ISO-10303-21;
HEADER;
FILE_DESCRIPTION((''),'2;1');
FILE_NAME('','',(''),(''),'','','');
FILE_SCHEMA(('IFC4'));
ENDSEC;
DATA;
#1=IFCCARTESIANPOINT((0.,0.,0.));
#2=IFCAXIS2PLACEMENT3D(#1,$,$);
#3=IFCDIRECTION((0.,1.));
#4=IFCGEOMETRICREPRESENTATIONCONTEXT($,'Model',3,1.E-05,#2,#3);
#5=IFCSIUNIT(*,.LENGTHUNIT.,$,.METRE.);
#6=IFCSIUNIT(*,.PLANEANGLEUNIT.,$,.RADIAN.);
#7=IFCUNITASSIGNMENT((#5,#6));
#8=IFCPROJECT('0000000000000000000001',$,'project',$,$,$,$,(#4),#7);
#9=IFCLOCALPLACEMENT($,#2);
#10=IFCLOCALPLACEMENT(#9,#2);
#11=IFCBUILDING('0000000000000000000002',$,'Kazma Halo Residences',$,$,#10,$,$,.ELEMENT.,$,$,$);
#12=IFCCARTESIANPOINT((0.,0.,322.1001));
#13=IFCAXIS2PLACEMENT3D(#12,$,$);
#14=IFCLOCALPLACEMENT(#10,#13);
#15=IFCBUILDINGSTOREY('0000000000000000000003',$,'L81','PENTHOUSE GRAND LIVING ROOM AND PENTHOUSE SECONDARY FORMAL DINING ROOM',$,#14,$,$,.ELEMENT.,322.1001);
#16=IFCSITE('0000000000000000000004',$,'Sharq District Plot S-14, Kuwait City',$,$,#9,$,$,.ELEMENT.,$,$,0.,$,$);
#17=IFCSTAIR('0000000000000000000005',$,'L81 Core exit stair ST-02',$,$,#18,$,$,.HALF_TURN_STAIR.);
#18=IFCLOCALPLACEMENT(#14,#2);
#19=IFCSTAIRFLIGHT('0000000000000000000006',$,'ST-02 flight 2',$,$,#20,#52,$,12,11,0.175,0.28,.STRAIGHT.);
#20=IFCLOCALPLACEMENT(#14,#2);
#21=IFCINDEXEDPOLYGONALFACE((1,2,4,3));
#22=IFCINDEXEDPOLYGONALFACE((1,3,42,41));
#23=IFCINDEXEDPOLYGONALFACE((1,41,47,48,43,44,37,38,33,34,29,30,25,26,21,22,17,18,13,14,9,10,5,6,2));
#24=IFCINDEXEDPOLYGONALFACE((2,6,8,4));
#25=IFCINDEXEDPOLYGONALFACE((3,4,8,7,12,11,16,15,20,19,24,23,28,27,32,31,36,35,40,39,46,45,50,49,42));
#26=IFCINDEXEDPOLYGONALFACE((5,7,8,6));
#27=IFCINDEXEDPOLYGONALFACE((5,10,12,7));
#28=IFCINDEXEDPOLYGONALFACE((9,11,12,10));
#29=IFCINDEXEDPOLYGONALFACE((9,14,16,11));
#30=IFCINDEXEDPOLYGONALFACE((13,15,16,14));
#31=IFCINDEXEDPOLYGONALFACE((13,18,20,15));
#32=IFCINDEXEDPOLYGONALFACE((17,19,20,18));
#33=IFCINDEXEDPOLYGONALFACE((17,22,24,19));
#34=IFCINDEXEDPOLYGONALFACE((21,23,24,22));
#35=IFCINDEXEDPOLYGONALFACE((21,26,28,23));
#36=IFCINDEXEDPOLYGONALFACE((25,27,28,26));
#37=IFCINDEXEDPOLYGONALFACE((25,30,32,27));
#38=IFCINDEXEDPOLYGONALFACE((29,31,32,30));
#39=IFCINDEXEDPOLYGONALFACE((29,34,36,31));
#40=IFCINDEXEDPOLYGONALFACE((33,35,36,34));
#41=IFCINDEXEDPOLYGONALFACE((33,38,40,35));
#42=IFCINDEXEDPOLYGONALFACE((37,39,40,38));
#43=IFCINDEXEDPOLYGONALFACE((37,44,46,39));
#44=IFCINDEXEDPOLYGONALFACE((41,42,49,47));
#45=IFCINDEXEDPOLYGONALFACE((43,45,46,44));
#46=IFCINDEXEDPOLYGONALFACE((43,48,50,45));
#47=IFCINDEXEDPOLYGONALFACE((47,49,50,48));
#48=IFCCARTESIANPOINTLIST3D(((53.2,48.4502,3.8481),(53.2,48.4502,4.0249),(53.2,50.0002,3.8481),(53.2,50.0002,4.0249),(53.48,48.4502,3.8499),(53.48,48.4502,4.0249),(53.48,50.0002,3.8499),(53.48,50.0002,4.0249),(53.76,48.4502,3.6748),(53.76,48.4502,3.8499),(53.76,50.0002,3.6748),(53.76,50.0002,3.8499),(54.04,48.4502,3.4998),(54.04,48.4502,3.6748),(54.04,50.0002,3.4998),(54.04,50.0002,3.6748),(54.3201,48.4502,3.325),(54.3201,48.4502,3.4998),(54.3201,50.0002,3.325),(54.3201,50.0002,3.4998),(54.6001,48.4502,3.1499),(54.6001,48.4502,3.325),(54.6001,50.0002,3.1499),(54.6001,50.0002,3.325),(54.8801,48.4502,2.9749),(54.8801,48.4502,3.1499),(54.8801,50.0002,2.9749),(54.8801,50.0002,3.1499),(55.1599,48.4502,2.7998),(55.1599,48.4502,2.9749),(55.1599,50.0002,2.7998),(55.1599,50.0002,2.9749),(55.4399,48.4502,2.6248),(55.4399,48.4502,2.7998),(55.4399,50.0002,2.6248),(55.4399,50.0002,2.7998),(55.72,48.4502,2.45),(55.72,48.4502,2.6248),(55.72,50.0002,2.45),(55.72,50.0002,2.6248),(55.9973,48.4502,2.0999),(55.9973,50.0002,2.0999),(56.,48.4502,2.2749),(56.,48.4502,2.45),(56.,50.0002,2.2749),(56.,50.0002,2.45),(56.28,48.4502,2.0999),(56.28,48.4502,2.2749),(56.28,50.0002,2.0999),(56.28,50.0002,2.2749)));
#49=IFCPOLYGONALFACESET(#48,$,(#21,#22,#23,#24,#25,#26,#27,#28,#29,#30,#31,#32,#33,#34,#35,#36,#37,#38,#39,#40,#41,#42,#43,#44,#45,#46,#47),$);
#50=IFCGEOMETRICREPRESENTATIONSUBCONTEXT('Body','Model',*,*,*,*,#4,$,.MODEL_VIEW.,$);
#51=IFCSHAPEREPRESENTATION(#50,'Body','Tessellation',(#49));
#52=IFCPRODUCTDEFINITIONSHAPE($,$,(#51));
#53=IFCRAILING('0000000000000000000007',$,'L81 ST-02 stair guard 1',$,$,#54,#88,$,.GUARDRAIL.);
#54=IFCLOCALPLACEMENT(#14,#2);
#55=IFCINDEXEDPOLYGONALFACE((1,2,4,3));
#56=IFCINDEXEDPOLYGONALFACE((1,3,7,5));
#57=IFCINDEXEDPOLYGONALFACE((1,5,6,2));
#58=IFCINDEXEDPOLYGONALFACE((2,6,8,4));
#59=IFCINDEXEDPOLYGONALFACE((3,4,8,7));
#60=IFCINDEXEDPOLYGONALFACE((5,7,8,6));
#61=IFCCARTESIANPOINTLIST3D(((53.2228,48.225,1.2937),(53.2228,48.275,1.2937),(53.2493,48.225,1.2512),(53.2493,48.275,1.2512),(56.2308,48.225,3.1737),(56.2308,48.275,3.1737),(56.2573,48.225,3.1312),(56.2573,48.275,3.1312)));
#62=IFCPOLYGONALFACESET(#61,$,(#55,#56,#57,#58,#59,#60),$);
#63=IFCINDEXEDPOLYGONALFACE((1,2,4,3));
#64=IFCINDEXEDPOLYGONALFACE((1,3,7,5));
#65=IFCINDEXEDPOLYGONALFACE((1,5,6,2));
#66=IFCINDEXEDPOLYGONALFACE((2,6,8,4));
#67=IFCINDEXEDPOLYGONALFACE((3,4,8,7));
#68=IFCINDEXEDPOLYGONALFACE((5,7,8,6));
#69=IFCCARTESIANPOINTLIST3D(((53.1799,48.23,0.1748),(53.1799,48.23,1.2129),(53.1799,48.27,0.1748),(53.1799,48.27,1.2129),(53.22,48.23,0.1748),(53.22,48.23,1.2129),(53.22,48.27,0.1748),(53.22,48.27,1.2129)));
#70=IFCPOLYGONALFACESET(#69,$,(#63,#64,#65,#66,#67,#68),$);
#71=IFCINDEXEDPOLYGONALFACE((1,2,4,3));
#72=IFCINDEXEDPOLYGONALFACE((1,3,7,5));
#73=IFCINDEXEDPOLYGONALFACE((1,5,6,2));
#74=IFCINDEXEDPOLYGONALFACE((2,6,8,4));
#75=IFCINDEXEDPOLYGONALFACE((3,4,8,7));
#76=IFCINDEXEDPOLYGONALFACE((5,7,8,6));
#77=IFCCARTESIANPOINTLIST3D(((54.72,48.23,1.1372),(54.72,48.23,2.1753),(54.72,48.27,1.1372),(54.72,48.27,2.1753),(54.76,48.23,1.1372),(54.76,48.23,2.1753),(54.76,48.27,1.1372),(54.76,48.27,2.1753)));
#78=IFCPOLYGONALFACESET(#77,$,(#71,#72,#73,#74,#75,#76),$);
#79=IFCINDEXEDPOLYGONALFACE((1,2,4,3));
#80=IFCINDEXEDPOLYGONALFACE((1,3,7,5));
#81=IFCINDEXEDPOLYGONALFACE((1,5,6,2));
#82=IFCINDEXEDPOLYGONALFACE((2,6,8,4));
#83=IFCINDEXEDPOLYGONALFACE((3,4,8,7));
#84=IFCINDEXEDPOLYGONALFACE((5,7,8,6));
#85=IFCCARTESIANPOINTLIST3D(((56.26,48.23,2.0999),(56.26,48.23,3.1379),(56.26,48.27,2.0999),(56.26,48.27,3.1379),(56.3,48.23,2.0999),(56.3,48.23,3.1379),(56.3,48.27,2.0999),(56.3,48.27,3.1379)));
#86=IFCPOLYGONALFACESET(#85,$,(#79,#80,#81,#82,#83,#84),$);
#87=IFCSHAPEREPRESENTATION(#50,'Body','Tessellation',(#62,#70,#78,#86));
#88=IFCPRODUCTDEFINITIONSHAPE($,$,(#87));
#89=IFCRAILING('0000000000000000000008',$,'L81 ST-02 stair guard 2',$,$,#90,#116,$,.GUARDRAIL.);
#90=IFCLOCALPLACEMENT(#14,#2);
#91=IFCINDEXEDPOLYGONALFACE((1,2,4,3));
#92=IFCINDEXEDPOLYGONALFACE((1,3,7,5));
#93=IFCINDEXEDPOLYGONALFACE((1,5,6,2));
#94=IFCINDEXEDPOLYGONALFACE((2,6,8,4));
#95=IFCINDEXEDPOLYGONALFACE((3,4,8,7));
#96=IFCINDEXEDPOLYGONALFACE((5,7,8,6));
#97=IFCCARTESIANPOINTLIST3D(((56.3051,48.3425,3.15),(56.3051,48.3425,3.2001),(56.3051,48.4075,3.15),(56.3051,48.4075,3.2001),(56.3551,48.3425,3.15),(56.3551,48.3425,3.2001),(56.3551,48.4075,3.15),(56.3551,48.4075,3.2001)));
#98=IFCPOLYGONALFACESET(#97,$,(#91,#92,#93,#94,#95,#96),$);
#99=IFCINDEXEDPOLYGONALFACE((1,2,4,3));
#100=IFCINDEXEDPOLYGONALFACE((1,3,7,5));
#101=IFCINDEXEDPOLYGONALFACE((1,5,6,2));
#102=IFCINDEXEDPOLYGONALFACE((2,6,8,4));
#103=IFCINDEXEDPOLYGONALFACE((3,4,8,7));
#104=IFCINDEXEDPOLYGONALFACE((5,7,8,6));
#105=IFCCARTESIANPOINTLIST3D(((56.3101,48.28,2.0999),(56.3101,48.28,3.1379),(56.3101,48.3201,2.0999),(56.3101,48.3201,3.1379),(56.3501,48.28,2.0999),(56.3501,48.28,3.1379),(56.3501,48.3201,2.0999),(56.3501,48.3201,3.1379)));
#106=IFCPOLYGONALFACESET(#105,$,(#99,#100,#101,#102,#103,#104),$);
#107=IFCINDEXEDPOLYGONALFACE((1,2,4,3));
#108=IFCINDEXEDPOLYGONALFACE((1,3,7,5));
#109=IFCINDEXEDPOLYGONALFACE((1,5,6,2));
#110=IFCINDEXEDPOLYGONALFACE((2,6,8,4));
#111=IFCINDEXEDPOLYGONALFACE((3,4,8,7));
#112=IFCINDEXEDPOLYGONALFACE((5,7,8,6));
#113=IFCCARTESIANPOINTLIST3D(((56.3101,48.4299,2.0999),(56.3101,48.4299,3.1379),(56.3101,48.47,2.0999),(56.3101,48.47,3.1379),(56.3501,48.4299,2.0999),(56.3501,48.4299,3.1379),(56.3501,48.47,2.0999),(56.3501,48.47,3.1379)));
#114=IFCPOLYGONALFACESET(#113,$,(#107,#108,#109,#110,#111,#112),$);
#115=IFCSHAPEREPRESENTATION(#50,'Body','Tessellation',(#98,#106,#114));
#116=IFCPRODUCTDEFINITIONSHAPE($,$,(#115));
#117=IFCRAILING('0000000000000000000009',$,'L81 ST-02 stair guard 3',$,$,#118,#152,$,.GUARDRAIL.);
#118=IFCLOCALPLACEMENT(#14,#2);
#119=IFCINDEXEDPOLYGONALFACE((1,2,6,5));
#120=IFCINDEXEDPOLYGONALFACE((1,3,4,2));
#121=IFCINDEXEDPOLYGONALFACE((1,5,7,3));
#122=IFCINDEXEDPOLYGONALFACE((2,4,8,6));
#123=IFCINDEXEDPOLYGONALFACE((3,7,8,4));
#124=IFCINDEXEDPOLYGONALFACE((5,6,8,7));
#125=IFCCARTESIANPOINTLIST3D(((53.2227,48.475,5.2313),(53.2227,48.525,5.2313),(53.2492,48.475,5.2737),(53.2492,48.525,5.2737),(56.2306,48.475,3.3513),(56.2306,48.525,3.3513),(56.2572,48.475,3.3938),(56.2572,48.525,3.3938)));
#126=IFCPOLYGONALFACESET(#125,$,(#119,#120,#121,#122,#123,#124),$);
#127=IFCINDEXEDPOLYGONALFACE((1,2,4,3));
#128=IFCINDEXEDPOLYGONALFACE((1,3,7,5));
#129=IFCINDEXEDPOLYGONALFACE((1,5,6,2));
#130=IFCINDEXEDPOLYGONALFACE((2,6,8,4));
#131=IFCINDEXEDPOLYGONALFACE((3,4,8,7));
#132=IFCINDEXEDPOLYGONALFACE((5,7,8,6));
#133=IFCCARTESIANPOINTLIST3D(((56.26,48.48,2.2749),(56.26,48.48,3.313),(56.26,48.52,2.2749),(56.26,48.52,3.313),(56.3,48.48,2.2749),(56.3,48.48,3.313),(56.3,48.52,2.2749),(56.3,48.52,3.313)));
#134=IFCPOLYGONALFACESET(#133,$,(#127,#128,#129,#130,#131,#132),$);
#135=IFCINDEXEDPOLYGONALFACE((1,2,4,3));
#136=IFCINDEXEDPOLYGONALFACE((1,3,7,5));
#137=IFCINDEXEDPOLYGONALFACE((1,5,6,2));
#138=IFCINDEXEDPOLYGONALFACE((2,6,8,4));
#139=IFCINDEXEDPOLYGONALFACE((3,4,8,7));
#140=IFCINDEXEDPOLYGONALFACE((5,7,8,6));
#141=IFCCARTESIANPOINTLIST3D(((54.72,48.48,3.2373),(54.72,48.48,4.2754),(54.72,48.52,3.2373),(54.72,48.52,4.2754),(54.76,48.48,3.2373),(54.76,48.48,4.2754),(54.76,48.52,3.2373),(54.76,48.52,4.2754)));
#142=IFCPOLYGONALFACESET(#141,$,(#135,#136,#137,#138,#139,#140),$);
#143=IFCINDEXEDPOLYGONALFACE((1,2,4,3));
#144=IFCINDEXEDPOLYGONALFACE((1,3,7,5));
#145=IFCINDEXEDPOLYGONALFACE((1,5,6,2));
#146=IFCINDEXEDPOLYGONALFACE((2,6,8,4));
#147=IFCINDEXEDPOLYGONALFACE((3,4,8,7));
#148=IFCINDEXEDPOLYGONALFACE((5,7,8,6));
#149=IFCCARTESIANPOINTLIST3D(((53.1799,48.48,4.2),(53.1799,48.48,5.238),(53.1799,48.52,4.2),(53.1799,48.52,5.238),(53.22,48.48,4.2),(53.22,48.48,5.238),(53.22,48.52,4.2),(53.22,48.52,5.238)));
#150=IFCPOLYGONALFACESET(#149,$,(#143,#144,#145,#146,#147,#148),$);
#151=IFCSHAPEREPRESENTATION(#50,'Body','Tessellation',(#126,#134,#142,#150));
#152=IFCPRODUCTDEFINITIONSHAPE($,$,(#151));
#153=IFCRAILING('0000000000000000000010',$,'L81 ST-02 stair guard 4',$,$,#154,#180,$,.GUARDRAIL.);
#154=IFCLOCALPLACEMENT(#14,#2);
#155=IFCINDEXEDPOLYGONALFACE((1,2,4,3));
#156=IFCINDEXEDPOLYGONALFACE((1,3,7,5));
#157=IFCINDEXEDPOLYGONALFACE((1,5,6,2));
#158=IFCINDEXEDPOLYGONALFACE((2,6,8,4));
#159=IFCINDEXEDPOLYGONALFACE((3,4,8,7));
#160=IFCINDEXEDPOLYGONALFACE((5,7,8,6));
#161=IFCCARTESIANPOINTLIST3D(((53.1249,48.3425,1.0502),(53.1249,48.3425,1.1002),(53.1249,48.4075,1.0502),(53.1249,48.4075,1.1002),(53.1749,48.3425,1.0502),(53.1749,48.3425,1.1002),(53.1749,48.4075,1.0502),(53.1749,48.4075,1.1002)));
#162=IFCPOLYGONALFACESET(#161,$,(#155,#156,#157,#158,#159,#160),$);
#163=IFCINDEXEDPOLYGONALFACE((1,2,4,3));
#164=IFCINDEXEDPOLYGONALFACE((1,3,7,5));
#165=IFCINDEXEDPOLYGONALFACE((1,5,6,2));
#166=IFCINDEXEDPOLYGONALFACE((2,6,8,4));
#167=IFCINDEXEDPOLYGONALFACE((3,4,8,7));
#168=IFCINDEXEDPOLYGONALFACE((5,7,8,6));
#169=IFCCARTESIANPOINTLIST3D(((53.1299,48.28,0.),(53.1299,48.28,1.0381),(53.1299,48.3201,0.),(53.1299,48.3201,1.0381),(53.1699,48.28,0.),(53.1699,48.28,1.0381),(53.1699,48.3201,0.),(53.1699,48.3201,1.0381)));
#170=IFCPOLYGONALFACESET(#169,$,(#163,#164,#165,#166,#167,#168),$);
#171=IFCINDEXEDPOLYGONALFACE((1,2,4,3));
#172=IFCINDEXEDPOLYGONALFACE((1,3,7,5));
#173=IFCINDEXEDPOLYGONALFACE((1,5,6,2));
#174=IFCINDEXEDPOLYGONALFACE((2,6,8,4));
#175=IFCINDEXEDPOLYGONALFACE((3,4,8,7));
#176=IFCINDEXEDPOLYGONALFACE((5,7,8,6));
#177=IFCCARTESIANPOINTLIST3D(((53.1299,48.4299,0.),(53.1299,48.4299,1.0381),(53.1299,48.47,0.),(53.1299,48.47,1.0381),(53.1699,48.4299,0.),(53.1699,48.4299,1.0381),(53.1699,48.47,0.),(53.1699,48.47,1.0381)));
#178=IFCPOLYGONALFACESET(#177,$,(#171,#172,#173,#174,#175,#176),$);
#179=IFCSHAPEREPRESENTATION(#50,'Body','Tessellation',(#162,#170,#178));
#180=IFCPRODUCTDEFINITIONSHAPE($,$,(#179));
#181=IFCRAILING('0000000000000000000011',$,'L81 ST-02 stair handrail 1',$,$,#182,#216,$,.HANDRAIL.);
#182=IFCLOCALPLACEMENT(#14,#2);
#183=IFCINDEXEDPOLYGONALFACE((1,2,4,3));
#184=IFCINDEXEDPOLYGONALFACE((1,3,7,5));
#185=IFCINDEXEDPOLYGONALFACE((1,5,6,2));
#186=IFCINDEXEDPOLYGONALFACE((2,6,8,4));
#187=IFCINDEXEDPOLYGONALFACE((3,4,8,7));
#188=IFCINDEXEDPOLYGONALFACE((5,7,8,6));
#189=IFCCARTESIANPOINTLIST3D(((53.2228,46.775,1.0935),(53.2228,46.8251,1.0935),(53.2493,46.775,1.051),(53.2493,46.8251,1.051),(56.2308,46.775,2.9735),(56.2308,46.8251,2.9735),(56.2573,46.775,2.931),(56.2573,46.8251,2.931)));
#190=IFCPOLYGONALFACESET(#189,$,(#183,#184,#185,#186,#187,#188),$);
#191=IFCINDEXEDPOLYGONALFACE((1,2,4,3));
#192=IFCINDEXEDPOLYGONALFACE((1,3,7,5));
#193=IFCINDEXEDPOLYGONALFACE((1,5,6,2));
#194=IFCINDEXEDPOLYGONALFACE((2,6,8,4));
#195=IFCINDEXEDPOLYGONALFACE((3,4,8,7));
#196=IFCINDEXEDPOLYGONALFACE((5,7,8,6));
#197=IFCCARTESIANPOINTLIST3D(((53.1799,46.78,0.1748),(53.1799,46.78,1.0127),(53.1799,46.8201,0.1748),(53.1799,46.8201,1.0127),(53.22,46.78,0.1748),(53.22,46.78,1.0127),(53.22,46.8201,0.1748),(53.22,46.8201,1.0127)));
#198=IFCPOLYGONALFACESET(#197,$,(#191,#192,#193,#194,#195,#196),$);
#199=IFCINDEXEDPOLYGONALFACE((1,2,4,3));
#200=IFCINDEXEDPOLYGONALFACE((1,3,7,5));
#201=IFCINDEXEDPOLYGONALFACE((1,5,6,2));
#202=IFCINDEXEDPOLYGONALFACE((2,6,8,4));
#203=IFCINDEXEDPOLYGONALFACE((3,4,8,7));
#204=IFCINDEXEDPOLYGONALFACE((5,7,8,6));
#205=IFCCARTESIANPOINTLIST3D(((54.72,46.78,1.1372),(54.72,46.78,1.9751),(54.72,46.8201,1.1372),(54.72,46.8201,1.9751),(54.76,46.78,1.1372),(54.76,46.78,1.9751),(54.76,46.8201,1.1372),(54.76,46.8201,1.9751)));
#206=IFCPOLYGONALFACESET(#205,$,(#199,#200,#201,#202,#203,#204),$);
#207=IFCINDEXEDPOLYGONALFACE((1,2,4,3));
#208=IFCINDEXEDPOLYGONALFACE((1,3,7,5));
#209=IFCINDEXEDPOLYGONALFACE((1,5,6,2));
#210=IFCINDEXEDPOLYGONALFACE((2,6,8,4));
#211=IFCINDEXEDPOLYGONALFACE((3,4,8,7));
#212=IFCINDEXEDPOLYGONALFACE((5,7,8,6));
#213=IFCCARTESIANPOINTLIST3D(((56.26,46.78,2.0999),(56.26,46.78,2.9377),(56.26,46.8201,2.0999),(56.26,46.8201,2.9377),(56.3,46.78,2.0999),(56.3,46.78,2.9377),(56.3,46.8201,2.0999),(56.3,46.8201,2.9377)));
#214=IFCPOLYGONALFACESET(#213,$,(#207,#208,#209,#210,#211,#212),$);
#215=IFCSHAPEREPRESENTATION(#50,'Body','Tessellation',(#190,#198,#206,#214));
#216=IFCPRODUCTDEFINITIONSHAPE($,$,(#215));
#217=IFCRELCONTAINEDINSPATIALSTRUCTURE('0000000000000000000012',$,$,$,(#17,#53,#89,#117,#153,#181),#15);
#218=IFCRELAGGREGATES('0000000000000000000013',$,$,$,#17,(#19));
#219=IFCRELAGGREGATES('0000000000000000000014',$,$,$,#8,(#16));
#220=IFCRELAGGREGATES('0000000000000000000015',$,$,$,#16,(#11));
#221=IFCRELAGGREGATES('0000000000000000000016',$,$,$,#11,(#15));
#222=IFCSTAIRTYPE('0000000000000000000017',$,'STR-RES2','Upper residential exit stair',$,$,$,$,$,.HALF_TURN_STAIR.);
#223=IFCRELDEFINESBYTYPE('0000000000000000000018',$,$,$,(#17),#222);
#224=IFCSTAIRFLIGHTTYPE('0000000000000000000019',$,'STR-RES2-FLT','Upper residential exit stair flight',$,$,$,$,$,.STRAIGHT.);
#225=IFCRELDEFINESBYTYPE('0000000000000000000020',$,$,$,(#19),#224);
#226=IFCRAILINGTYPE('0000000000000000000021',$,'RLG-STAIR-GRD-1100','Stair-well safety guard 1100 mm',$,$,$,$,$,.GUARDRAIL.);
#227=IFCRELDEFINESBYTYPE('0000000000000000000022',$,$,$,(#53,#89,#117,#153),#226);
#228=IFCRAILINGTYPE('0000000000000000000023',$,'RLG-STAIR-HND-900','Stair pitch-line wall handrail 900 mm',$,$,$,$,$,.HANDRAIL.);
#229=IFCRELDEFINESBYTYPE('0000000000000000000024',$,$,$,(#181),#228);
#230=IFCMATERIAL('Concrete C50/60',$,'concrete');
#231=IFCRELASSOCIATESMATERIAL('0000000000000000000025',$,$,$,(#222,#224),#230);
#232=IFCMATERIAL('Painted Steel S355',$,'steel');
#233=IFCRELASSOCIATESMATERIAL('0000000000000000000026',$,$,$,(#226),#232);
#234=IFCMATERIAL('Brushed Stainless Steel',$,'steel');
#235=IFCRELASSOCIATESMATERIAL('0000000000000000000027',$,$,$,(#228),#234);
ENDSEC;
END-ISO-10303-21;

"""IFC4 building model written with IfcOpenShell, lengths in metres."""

from ifc_helpers import new_model, si_unit, direction, frame, origin, origin_2d, place, context, subcontext, project, spatial, polyline, rectangle, outline, extrude, material, type_object, element, aggregate, save


model = new_model("IFC4")

# Units and contexts
model_context = context("Model", 3, precision=1e-05, world=origin(), true_north=direction((0.0, 1.0)))
body_context = subcontext(model_context, "Body", "Model", "MODEL_VIEW")
ifc_project = project(units=[si_unit("LENGTHUNIT", "METRE"), si_unit("PLANEANGLEUNIT", "RADIAN")], contexts=[model_context])

# Site, building, storey
site_placement = place(None, origin())
site = spatial("IfcSite", under=ifc_project, at=site_placement, Name="Sharq District Plot S-14, Kuwait City", CompositionType="ELEMENT", RefElevation=0.0)
building_placement = place(site_placement, origin())
building = spatial("IfcBuilding", under=site, at=building_placement, Name="Kazma Halo Residences", CompositionType="ELEMENT")
storey_placement = place(building_placement, frame((0.0, 0.0, 322.1001)))
storey = spatial("IfcBuildingStorey", under=building, at=storey_placement, Name="L81", Description="PENTHOUSE GRAND LIVING ROOM AND PENTHOUSE SECONDARY FORMAL DINING ROOM", CompositionType="ELEMENT", Elevation=322.1001)

# Shared definitions
ifc_material_1 = material(Name="Concrete C50/60", Category="concrete")

# Stair, stair flight
stair_type = type_object("IfcStairType", Name="STR-RES2", Description="Upper residential exit stair", PredefinedType="HALF_TURN_STAIR", material=ifc_material_1)
stair_placement = place(storey_placement, origin())
stair = element("IfcStair", 1, at=stair_placement, inside=storey, type_object=stair_type, Name="L81 Core exit stair ST-02", PredefinedType="HALF_TURN_STAIR")
stair_flight_type = type_object("IfcStairFlightType", Name="STR-RES2-FLT", Description="Upper residential exit stair flight", PredefinedType="STRAIGHT", material=ifc_material_1)
stair_flight_1_placement = place(storey_placement, frame((56.28, 49.2251, 2.0999), z_axis=(0.0, 0.0, 1.0), x_axis=(-1.0, 0.0, 0.0)))
stair_flight_1 = element("IfcStairFlight", 2, at=stair_flight_1_placement, type_object=stair_flight_type, Name="ST-02 flight 2", NumberOfRisers=12, NumberOfTreads=11, PredefinedType="STRAIGHT", RiserHeight=0.175, TreadLength=0.28, context=body_context, shape_type="SweptSolid", body=[
    extrude(outline(polyline([(0.0, 0.0), (0.0, 0.175), (0.28, 0.175), (0.28, 0.3501), (0.5601, 0.3501), (0.5601, 0.5249), (0.8401, 0.5249), (0.8401, 0.7), (1.1201, 0.7), (1.1201, 0.875), (1.3999, 0.875), (1.3999, 1.05), (1.6799, 1.05), (1.6799, 1.2251), (1.96, 1.2251), (1.96, 1.3999), (2.24, 1.3999), (2.24, 1.575), (2.52, 1.575), (2.52, 1.75), (2.8, 1.75), (2.8, 1.925), (3.0801, 1.925), (3.0801, 2.1001), (3.0801, 1.7483), (0.2827, 0.0), (0.0, 0.0)])), frame((0.0, 0.7749, 0.0), z_axis=(0.0, -1.0, 0.0), x_axis=(1.0, 0.0, 0.0)), (0.0, 0.0, 1.0), 1.55),
])
aggregate(stair, [stair_flight_1])

# Railings
ifc_material_2 = material(Name="Painted Steel S355", Category="steel")
railing_type_1 = type_object("IfcRailingType", Name="RLG-STAIR-GRD-1100", Description="Stair-well safety guard 1100 mm", PredefinedType="GUARDRAIL", material=ifc_material_2)
railing_1_placement = place(storey_placement, frame((53.2, 48.25, 0.1748)))
element("IfcRailing", 3, at=railing_1_placement, inside=storey, type_object=railing_type_1, Name="L81 ST-02 stair guard 1", PredefinedType="GUARDRAIL", context=body_context, shape_type="SweptSolid", body=[
    extrude(rectangle(XDim=0.05, YDim=0.05, at=origin_2d()), frame((0.0361, 0.0, 1.0977), z_axis=(0.847998, 0.0, 0.529999), x_axis=(0.0, 1.0, 0.0)), (0.0, 0.0, 1.0), 3.5471),
    extrude(rectangle(XDim=0.04, YDim=0.04, at=origin_2d()), origin(), (0.0, 0.0, 1.0), 1.0381),
    extrude(rectangle(XDim=0.04, YDim=0.04, at=origin_2d()), frame((1.54, 0.0, 0.9624)), (0.0, 0.0, 1.0), 1.0381),
    extrude(rectangle(XDim=0.04, YDim=0.04, at=origin_2d()), frame((3.0801, 0.0, 1.925)), (0.0, 0.0, 1.0), 1.0381),
])
railing_2_placement = place(storey_placement, frame((56.3301, 48.3, 2.0999)))
element("IfcRailing", 4, at=railing_2_placement, inside=storey, type_object=railing_type_1, Name="L81 ST-02 stair guard 2", PredefinedType="GUARDRAIL", context=body_context, shape_type="SweptSolid", body=[
    extrude(rectangle(XDim=0.05, YDim=0.05, at=origin_2d()), frame((0.0, 0.0425, 1.0752), z_axis=(0.0, 1.0, 0.0), x_axis=(-1.0, 0.0, 0.0)), (0.0, 0.0, 1.0), 0.0649),
    extrude(rectangle(XDim=0.04, YDim=0.04, at=origin_2d()), origin(), (0.0, 0.0, 1.0), 1.0381),
    extrude(rectangle(XDim=0.04, YDim=0.04, at=origin_2d()), frame((0.0, 0.1499, 0.0)), (0.0, 0.0, 1.0), 1.0381),
])
railing_3_placement = place(storey_placement, frame((56.28, 48.5, 2.2749)))
element("IfcRailing", 5, at=railing_3_placement, inside=storey, type_object=railing_type_1, Name="L81 ST-02 stair guard 3", PredefinedType="GUARDRAIL", context=body_context, shape_type="SweptSolid", body=[
    extrude(rectangle(XDim=0.05, YDim=0.05, at=origin_2d()), frame((-0.0361, 0.0, 1.0977), z_axis=(-0.847998, 0.0, 0.529999), x_axis=(0.0, -1.0, 0.0)), (0.0, 0.0, 1.0), 3.5471),
    extrude(rectangle(XDim=0.04, YDim=0.04, at=origin_2d()), origin(), (0.0, 0.0, 1.0), 1.0381),
    extrude(rectangle(XDim=0.04, YDim=0.04, at=origin_2d()), frame((-1.54, 0.0, 0.9624)), (0.0, 0.0, 1.0), 1.0381),
    extrude(rectangle(XDim=0.04, YDim=0.04, at=origin_2d()), frame((-3.0801, 0.0, 1.925)), (0.0, 0.0, 1.0), 1.0381),
])
railing_4_placement = place(storey_placement, frame((53.1499, 48.3, 0.0)))
element("IfcRailing", 6, at=railing_4_placement, inside=storey, type_object=railing_type_1, Name="L81 ST-02 stair guard 4", PredefinedType="GUARDRAIL", context=body_context, shape_type="SweptSolid", body=[
    extrude(rectangle(XDim=0.05, YDim=0.05, at=origin_2d()), frame((0.0, 0.0425, 1.0752), z_axis=(0.0, 1.0, 0.0), x_axis=(-1.0, 0.0, 0.0)), (0.0, 0.0, 1.0), 0.0649),
    extrude(rectangle(XDim=0.04, YDim=0.04, at=origin_2d()), origin(), (0.0, 0.0, 1.0), 1.0381),
    extrude(rectangle(XDim=0.04, YDim=0.04, at=origin_2d()), frame((0.0, 0.1499, 0.0)), (0.0, 0.0, 1.0), 1.0381),
])
ifc_material_3 = material(Name="Brushed Stainless Steel", Category="steel")
railing_type_2 = type_object("IfcRailingType", Name="RLG-STAIR-HND-900", Description="Stair pitch-line wall handrail 900 mm", PredefinedType="HANDRAIL", material=ifc_material_3)
railing_5_placement = place(storey_placement, frame((53.2, 46.8, 0.1748)))
element("IfcRailing", 7, at=railing_5_placement, inside=storey, type_object=railing_type_2, Name="L81 ST-02 stair handrail 1", PredefinedType="HANDRAIL", context=body_context, shape_type="SweptSolid", body=[
    extrude(rectangle(XDim=0.05, YDim=0.05, at=origin_2d()), frame((0.0361, 0.0, 0.8975), z_axis=(0.847998, 0.0, 0.529999), x_axis=(0.0, 1.0, 0.0)), (0.0, 0.0, 1.0), 3.5471),
    extrude(rectangle(XDim=0.04, YDim=0.04, at=origin_2d()), origin(), (0.0, 0.0, 1.0), 0.8379),
    extrude(rectangle(XDim=0.04, YDim=0.04, at=origin_2d()), frame((1.54, 0.0, 0.9624)), (0.0, 0.0, 1.0), 0.8379),
    extrude(rectangle(XDim=0.04, YDim=0.04, at=origin_2d()), frame((3.0801, 0.0, 1.925)), (0.0, 0.0, 1.0), 0.8379),
])

save(model, "model.ifc")
